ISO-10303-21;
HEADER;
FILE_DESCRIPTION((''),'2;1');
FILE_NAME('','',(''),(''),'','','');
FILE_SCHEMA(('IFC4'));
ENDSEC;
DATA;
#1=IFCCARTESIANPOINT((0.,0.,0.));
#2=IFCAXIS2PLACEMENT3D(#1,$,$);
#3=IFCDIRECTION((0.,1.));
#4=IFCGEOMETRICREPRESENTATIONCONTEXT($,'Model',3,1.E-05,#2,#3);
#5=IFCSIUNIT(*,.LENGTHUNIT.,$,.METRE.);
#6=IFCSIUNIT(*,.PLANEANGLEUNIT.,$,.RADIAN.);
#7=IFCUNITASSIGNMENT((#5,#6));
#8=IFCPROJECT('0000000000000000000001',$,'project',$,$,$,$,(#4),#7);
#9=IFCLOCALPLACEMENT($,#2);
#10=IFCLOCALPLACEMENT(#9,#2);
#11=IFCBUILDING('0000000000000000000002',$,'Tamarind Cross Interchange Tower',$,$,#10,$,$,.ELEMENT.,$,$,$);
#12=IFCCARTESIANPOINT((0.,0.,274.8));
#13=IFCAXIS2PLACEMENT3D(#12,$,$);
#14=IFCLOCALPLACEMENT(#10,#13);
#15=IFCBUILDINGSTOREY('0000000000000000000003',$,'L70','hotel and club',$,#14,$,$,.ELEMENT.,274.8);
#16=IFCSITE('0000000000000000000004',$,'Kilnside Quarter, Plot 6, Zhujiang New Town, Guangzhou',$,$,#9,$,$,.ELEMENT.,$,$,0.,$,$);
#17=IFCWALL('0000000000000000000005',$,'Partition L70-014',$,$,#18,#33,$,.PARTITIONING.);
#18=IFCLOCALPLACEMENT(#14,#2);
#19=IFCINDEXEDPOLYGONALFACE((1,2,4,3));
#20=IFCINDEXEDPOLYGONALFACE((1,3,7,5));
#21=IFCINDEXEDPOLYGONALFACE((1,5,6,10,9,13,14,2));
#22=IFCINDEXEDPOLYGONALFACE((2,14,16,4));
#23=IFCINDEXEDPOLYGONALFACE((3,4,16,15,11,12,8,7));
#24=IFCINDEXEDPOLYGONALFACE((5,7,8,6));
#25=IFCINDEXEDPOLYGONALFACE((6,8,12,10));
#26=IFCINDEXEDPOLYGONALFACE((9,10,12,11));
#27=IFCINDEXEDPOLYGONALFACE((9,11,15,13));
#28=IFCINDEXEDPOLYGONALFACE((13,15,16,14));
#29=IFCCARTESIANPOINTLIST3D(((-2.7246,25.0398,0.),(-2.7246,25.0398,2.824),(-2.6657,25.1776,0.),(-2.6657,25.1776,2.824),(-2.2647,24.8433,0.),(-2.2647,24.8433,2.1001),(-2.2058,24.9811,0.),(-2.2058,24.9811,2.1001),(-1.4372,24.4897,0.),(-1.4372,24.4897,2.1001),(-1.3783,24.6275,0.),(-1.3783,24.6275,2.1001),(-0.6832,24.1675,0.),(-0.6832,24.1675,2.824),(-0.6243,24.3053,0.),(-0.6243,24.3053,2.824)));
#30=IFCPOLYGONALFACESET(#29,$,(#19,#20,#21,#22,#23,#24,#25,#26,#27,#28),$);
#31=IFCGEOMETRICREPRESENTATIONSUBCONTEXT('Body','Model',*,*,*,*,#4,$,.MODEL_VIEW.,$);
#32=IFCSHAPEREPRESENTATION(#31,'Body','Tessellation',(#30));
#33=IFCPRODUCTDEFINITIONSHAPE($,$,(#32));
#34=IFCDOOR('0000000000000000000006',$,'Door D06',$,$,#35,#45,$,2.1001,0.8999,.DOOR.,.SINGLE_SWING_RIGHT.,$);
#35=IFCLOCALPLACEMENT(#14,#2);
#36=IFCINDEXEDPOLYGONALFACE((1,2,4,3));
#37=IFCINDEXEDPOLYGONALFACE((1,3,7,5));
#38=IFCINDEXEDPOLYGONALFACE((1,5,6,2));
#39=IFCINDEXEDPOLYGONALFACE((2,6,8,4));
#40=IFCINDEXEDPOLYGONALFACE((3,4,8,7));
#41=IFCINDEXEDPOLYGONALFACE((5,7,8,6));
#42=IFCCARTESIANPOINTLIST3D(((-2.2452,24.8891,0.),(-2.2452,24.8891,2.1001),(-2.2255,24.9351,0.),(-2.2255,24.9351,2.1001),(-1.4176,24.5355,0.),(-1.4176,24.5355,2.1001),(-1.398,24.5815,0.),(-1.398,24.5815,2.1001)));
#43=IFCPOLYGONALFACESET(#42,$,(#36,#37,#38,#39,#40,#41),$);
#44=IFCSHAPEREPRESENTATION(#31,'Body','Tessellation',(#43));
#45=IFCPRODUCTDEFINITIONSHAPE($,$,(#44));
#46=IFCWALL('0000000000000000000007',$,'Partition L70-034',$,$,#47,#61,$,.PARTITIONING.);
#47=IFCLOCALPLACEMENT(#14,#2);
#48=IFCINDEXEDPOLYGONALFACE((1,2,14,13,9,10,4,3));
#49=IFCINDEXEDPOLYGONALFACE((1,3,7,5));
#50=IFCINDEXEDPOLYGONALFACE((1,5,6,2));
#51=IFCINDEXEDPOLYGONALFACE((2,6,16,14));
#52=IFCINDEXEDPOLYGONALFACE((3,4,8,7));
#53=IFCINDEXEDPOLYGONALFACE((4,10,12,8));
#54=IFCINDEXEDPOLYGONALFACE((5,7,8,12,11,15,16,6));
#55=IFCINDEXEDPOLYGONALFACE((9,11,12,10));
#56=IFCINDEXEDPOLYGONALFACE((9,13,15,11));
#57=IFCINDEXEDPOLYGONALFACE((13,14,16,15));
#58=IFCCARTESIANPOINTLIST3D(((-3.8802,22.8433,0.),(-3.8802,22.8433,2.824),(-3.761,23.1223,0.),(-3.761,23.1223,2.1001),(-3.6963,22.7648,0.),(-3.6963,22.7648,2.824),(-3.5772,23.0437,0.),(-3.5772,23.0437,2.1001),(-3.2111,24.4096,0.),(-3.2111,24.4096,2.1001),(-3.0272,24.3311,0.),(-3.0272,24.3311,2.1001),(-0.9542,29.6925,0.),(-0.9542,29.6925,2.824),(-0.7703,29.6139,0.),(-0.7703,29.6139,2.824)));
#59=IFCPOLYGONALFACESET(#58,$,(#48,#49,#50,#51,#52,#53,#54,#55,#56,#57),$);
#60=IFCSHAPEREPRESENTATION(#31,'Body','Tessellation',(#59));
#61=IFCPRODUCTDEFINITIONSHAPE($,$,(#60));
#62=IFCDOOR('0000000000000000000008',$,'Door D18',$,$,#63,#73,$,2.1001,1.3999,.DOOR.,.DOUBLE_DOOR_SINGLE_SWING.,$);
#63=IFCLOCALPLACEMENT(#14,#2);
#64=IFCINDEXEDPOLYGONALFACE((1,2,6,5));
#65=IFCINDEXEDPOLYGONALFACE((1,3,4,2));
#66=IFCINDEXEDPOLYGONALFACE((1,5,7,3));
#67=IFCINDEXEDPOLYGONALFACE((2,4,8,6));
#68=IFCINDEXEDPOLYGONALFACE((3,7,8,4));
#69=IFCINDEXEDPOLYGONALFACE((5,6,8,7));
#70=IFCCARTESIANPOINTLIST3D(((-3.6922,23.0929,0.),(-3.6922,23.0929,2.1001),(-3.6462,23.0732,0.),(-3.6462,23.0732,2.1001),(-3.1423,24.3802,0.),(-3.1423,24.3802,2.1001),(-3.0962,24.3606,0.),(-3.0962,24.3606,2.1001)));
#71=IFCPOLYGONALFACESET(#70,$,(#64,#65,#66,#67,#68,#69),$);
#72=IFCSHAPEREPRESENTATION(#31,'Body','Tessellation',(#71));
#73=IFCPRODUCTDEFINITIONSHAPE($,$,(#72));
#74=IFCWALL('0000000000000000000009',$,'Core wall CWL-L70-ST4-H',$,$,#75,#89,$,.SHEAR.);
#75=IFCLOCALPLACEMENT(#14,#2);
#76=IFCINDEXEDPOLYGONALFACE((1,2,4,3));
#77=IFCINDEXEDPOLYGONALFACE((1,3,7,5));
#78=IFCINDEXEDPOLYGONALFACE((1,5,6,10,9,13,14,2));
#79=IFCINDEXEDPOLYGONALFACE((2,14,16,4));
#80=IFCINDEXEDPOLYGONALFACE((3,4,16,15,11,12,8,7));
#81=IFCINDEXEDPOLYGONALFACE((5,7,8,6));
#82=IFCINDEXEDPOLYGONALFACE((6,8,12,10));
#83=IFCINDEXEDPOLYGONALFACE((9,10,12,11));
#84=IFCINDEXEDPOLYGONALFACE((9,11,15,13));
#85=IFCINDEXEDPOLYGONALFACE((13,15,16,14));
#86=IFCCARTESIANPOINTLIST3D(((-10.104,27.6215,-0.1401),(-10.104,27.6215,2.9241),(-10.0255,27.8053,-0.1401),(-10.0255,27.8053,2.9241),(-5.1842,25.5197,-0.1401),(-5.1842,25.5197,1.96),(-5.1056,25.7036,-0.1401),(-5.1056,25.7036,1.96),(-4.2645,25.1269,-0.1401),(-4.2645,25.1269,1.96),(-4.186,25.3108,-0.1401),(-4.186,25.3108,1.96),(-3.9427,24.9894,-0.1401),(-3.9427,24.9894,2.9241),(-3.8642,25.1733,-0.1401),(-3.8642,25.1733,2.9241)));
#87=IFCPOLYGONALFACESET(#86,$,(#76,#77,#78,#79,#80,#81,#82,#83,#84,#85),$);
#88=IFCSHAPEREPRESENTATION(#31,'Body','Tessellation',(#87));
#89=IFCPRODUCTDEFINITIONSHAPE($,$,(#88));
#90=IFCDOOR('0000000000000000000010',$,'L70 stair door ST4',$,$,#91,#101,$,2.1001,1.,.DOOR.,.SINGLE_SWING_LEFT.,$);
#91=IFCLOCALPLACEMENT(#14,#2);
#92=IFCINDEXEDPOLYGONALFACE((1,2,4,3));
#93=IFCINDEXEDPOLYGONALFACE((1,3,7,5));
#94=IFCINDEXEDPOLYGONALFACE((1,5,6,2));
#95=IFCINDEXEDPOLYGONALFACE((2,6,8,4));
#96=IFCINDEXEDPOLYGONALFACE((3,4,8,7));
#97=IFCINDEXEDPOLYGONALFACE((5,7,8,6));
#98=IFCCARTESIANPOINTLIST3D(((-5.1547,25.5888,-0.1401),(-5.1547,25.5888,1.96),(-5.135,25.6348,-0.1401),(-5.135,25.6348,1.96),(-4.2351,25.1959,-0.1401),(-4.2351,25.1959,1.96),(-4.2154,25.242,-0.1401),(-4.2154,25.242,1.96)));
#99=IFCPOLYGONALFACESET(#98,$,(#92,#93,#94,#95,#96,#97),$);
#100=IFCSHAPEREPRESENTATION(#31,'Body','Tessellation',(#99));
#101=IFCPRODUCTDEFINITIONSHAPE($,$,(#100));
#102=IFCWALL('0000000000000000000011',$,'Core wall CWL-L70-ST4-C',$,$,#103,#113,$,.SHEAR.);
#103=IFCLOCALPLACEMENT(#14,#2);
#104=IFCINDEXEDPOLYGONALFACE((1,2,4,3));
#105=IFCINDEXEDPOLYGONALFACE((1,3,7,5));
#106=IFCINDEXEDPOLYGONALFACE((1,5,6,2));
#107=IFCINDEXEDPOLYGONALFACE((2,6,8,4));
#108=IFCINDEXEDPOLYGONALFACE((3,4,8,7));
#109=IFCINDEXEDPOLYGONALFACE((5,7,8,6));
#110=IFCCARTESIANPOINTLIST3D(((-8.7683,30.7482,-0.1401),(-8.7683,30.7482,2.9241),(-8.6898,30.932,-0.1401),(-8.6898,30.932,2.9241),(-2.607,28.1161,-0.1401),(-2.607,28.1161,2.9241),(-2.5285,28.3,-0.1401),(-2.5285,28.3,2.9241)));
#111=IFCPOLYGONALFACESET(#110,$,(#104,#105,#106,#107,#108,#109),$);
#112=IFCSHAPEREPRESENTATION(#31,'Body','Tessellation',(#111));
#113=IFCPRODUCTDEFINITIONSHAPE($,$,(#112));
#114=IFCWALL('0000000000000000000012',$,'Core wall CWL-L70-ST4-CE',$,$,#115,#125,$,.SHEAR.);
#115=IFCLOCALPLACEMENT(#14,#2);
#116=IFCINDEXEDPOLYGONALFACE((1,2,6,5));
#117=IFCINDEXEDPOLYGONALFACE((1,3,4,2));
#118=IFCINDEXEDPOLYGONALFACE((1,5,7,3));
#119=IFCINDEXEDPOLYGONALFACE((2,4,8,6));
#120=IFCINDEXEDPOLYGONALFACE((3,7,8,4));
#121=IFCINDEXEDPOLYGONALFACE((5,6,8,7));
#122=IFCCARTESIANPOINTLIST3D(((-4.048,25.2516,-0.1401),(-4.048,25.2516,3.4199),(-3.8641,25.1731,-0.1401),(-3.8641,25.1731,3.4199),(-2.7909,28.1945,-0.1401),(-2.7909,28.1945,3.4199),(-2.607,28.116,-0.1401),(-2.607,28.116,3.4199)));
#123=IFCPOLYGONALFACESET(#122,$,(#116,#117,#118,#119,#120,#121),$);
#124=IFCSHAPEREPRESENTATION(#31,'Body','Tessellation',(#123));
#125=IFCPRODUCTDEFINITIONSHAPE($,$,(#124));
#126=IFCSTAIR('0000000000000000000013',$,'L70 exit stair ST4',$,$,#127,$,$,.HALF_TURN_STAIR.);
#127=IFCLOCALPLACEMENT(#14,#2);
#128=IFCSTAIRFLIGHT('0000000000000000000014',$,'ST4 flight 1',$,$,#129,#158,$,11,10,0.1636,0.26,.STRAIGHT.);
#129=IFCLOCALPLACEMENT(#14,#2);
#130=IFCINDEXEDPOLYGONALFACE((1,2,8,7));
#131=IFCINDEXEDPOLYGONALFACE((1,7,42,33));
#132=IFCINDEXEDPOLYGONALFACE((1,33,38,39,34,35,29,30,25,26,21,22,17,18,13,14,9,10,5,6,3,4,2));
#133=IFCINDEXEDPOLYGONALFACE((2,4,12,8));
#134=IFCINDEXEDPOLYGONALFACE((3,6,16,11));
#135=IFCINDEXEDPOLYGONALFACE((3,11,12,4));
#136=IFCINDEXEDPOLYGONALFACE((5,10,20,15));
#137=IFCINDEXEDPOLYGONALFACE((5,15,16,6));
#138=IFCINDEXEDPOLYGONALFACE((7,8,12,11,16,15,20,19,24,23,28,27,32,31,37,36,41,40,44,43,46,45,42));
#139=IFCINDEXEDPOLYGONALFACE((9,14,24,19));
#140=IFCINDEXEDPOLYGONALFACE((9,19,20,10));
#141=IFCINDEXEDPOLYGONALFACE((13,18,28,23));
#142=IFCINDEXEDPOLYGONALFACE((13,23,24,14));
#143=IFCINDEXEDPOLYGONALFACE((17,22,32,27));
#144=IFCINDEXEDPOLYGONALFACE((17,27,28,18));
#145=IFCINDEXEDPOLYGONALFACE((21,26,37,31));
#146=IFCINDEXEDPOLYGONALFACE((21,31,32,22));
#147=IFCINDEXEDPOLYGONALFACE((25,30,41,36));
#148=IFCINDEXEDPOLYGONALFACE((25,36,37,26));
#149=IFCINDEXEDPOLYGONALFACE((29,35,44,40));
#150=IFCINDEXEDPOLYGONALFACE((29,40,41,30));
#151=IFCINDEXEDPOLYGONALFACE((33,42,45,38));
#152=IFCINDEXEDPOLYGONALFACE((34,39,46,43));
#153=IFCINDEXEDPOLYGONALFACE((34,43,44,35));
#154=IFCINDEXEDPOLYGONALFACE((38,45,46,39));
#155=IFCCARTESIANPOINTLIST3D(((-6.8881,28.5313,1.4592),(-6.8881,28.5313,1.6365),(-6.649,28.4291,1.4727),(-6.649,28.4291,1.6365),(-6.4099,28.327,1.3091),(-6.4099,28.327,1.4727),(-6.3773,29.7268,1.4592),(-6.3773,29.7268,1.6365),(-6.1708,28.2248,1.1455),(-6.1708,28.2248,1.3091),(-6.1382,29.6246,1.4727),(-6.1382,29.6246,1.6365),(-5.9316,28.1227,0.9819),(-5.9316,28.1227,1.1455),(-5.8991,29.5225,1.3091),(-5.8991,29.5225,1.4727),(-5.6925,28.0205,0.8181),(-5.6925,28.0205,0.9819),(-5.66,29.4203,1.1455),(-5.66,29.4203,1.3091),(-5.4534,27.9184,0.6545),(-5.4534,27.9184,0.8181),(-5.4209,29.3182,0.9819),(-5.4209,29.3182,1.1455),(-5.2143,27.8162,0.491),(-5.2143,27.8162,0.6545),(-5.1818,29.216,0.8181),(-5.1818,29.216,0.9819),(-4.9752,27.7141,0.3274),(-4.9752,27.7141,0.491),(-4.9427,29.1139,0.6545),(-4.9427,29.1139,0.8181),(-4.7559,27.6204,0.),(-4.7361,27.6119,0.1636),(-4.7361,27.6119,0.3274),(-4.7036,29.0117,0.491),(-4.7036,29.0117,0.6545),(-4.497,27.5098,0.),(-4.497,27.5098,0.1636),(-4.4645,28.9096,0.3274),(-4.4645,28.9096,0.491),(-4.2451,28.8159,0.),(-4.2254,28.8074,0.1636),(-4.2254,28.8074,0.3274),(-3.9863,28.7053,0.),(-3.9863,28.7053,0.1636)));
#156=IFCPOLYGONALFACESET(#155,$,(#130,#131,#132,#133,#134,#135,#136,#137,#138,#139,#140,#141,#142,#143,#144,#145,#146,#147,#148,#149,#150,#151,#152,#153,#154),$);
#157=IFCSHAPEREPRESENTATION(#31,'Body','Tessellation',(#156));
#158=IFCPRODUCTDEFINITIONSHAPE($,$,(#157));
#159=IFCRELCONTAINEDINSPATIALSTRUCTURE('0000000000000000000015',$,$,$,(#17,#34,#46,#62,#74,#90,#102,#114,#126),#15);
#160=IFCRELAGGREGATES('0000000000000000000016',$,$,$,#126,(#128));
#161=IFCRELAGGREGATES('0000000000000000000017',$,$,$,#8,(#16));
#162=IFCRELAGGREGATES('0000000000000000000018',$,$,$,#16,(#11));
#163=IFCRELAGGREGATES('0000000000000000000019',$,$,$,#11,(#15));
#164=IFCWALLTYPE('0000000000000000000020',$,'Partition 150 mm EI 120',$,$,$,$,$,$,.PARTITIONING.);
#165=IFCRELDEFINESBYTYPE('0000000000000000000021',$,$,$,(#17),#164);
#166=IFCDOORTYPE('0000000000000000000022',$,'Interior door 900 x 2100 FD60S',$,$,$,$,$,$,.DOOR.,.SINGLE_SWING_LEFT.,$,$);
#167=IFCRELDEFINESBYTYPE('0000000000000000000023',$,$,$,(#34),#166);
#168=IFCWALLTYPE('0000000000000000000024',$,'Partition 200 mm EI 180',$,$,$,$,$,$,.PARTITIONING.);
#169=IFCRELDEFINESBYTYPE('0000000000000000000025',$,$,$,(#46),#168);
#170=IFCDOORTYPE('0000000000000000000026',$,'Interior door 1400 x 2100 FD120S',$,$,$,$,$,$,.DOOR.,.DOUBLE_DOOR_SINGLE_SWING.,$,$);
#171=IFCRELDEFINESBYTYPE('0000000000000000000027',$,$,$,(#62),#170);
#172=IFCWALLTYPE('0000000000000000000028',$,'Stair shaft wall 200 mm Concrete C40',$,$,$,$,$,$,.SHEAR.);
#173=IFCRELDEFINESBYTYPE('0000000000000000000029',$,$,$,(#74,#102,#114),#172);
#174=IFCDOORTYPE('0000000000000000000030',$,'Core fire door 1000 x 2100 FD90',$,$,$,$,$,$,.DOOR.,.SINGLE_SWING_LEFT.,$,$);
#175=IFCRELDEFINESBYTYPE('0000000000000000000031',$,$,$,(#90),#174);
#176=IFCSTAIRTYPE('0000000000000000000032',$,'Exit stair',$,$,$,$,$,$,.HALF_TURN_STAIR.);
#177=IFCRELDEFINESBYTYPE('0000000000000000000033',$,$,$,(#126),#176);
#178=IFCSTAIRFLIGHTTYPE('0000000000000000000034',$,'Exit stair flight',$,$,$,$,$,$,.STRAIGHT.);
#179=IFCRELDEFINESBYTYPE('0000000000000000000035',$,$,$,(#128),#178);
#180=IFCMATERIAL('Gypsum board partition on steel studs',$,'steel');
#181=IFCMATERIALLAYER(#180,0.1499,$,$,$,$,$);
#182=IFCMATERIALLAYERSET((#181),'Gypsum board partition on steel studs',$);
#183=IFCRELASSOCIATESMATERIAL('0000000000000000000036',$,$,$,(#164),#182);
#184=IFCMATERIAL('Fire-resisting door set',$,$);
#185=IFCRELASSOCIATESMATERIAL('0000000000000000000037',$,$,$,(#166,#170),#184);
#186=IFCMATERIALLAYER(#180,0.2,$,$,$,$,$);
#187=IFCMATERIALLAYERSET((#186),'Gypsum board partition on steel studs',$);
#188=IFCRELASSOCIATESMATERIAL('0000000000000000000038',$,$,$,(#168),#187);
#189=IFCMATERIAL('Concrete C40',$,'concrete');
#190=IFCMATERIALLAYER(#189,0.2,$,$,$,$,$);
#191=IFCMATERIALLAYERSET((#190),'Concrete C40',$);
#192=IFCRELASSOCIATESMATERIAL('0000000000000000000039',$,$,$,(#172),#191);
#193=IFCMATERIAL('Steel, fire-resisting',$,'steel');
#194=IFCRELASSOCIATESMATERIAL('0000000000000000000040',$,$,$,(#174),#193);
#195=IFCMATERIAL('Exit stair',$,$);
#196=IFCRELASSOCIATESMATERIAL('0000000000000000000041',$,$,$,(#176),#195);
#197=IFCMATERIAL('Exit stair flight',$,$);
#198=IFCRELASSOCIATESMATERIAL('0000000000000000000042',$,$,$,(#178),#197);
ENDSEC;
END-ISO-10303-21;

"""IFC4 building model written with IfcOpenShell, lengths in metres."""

from ifc_helpers import new_model, si_unit, direction, frame, frame_2d, origin, place, context, subcontext, project, spatial, polyline, rectangle, outline, extrude, material, layer, layer_set, type_object, element, fill, aggregate, save


model = new_model("IFC4")

# Units and contexts
model_context = context("Model", 3, precision=1e-05, world=origin(), true_north=direction((0.0, 1.0)))
body_context = subcontext(model_context, "Body", "Model", "MODEL_VIEW")
ifc_project = project(units=[si_unit("LENGTHUNIT", "METRE"), si_unit("PLANEANGLEUNIT", "RADIAN")], contexts=[model_context])

# Site, building, storey
site_placement = place(None, origin())
site = spatial("IfcSite", under=ifc_project, at=site_placement, Name="Kilnside Quarter, Plot 6, Zhujiang New Town, Guangzhou", CompositionType="ELEMENT", RefElevation=0.0)
building_placement = place(site_placement, origin())
building = spatial("IfcBuilding", under=site, at=building_placement, Name="Tamarind Cross Interchange Tower", CompositionType="ELEMENT")
storey_placement = place(building_placement, frame((0.0, 0.0, 274.8)))
storey = spatial("IfcBuildingStorey", under=building, at=storey_placement, Name="L70", Description="hotel and club", CompositionType="ELEMENT", Elevation=274.8)

# Shared definitions
ifc_material_1 = material(Name="Gypsum board partition on steel studs", Category="steel")
ifc_layer_1 = layer(ifc_material_1, 0.1499)
ifc_layer_set_1 = layer_set([ifc_layer_1], Name="Gypsum board partition on steel studs")
wall_type_1 = type_object("IfcWallType", Name="Partition 150 mm EI 120", PredefinedType="PARTITIONING", material=ifc_layer_set_1)

# Shared definitions
ifc_material_2 = material(Name="Fire-resisting door set")

# Walls, openings, doors
wall_1_placement = place(storey_placement, frame((-2.6951, 25.1086, 0.0), z_axis=(0.0, 0.0, 1.0), x_axis=(0.919571, -0.392924, 0.0)))
wall_1 = element("IfcWall", 1, at=wall_1_placement, inside=storey, type_object=wall_type_1, Name="Partition L70-014", PredefinedType="PARTITIONING", context=body_context, shape_type="SweptSolid", body=[
    extrude(rectangle(XDim=2.22, YDim=0.1499, at=frame_2d((1.1099, 0.0))), origin(), (0.0, 0.0, 1.0), 2.824),
])
opening_1_placement = place(wall_1_placement, frame((0.5, 0.0, 0.0)))
opening_1 = element("IfcOpeningElement", 2, at=opening_1_placement, cuts=wall_1, PredefinedType="OPENING", context=body_context, shape_type="SweptSolid", body=[
    extrude(rectangle(XDim=0.8999, YDim=2.1001, at=frame_2d((0.45, 1.05))), frame((0.0, 0.085, 0.0), z_axis=(0.0, -1.0, 0.0), x_axis=(1.0, 0.0, 0.0)), (0.0, 0.0, 1.0), 0.1699),
])
door_type_1 = type_object("IfcDoorType", Name="Interior door 900 x 2100 FD60S", OperationType="SINGLE_SWING_LEFT", PredefinedType="DOOR", material=ifc_material_2)
door_1_placement = place(opening_1_placement, origin())
door_1 = element("IfcDoor", 3, at=door_1_placement, inside=storey, type_object=door_type_1, Name="Door D06", OperationType="SINGLE_SWING_RIGHT", OverallHeight=2.1001, OverallWidth=0.8999, PredefinedType="DOOR", context=body_context, shape_type="SweptSolid", body=[
    extrude(rectangle(XDim=0.8999, YDim=2.1001, at=frame_2d((0.45, 1.05))), frame((0.0, 0.0249, 0.0), z_axis=(0.0, -1.0, 0.0), x_axis=(1.0, 0.0, 0.0)), (0.0, 0.0, 1.0), 0.05),
])
fill(opening_1, door_1)
ifc_layer_2 = layer(ifc_material_1, 0.2)
ifc_layer_set_2 = layer_set([ifc_layer_2], Name="Gypsum board partition on steel studs")
wall_type_2 = type_object("IfcWallType", Name="Partition 200 mm EI 180", PredefinedType="PARTITIONING", material=ifc_layer_set_2)
wall_2_placement = place(storey_placement, frame((-3.7883, 22.804, 0.0), z_axis=(0.0, 0.0, 1.0), x_axis=(0.392863, 0.919597, 0.0)))
wall_2 = element("IfcWall", 4, at=wall_2_placement, inside=storey, type_object=wall_type_2, Name="Partition L70-034", PredefinedType="PARTITIONING", context=body_context, shape_type="SweptSolid", body=[
    extrude(rectangle(XDim=7.448, YDim=0.2, at=frame_2d((3.7241, 0.0))), origin(), (0.0, 0.0, 1.0), 2.824),
])
opening_2_placement = place(wall_2_placement, frame((0.3035, 0.0, 0.0)))
opening_2 = element("IfcOpeningElement", 5, at=opening_2_placement, cuts=wall_2, PredefinedType="OPENING", context=body_context, shape_type="SweptSolid", body=[
    extrude(rectangle(XDim=1.3999, YDim=2.1001, at=frame_2d((0.7, 1.05))), frame((0.0, 0.1099, 0.0), z_axis=(0.0, -1.0, 0.0), x_axis=(1.0, 0.0, 0.0)), (0.0, 0.0, 1.0), 0.22),
])
door_type_2 = type_object("IfcDoorType", Name="Interior door 1400 x 2100 FD120S", OperationType="DOUBLE_DOOR_SINGLE_SWING", PredefinedType="DOOR", material=ifc_material_2)
door_2_placement = place(opening_2_placement, frame((1.3999, 0.0, 0.0), z_axis=(0.0, 0.0, 1.0), x_axis=(-1.0, 0.0, 0.0)))
door_2 = element("IfcDoor", 6, at=door_2_placement, inside=storey, type_object=door_type_2, Name="Door D18", OperationType="DOUBLE_DOOR_SINGLE_SWING", OverallHeight=2.1001, OverallWidth=1.3999, PredefinedType="DOOR", context=body_context, shape_type="SweptSolid", body=[
    extrude(rectangle(XDim=1.3999, YDim=2.1001, at=frame_2d((0.7, 1.05))), frame((0.0, 0.0249, 0.0), z_axis=(0.0, -1.0, 0.0), x_axis=(1.0, 0.0, 0.0)), (0.0, 0.0, 1.0), 0.05),
])
fill(opening_2, door_2)
ifc_material_3 = material(Name="Concrete C40", Category="concrete")
ifc_layer_3 = layer(ifc_material_3, 0.2)
ifc_layer_set_3 = layer_set([ifc_layer_3], Name="Concrete C40")
wall_type_3 = type_object("IfcWallType", Name="Stair shaft wall 200 mm Concrete C40", PredefinedType="SHEAR", material=ifc_layer_set_3)
wall_3_placement = place(storey_placement, frame((-3.9033, 25.0813, -0.1401), z_axis=(0.0, 0.0, 1.0), x_axis=(-0.919604, 0.392846, 0.0)))
wall_3 = element("IfcWall", 7, at=wall_3_placement, inside=storey, type_object=wall_type_3, Name="Core wall CWL-L70-ST4-H", PredefinedType="SHEAR", context=body_context, shape_type="SweptSolid", body=[
    extrude(rectangle(XDim=6.7, YDim=0.2, at=frame_2d((3.3501, 0.0))), origin(), (0.0, 0.0, 1.0), 3.0642),
])
opening_3_placement = place(wall_3_placement, frame((0.3501, 0.0, 0.0)))
opening_3 = element("IfcOpeningElement", 8, at=opening_3_placement, cuts=wall_3, PredefinedType="OPENING", context=body_context, shape_type="SweptSolid", body=[
    extrude(rectangle(XDim=1.0, YDim=2.1001, at=frame_2d((0.5, 1.05))), frame((0.0, 0.1099, 0.0), z_axis=(0.0, -1.0, 0.0), x_axis=(1.0, 0.0, 0.0)), (0.0, 0.0, 1.0), 0.22),
])
ifc_material_4 = material(Name="Steel, fire-resisting", Category="steel")
door_type_3 = type_object("IfcDoorType", Name="Core fire door 1000 x 2100 FD90", OperationType="SINGLE_SWING_LEFT", PredefinedType="DOOR", material=ifc_material_4)
door_3_placement = place(opening_3_placement, origin())
door_3 = element("IfcDoor", 9, at=door_3_placement, inside=storey, type_object=door_type_3, Name="L70 stair door ST4", OperationType="SINGLE_SWING_LEFT", OverallHeight=2.1001, OverallWidth=1.0, PredefinedType="DOOR", context=body_context, shape_type="SweptSolid", body=[
    extrude(rectangle(XDim=1.0, YDim=2.1001, at=frame_2d((0.5, 1.05))), frame((0.0, 0.0249, 0.0), z_axis=(0.0, -1.0, 0.0), x_axis=(1.0, 0.0, 0.0)), (0.0, 0.0, 1.0), 0.05),
])
fill(opening_3, door_3)

# Walls
wall_4_placement = place(storey_placement, frame((-2.5676, 28.208, -0.1401), z_axis=(0.0, 0.0, 1.0), x_axis=(-0.919604, 0.392846, 0.0)))
element("IfcWall", 10, at=wall_4_placement, inside=storey, type_object=wall_type_3, Name="Core wall CWL-L70-ST4-C", PredefinedType="SHEAR", context=body_context, shape_type="SweptSolid", body=[
    extrude(rectangle(XDim=6.7, YDim=0.2, at=frame_2d((3.3501, 0.0))), origin(), (0.0, 0.0, 1.0), 3.0642),
])
wall_5_placement = place(storey_placement, frame((-2.699, 28.1553, -0.1401), z_axis=(0.0, 0.0, 1.0), x_axis=(-0.392823, -0.919614, 0.0)))
element("IfcWall", 11, at=wall_5_placement, inside=storey, type_object=wall_type_3, Name="Core wall CWL-L70-ST4-CE", PredefinedType="SHEAR", context=body_context, shape_type="SweptSolid", body=[
    extrude(rectangle(XDim=3.2002, YDim=0.2, at=frame_2d((1.6001, 0.0))), origin(), (0.0, 0.0, 1.0), 3.5601),
])

# Stair, stair flight
ifc_material_5 = material(Name="Exit stair")
stair_type = type_object("IfcStairType", Name="Exit stair", PredefinedType="HALF_TURN_STAIR", material=ifc_material_5)
stair_placement = place(storey_placement, origin())
stair = element("IfcStair", 12, at=stair_placement, inside=storey, type_object=stair_type, Name="L70 exit stair ST4", PredefinedType="HALF_TURN_STAIR")
ifc_material_6 = material(Name="Exit stair flight")
stair_flight_type = type_object("IfcStairFlightType", Name="Exit stair flight", PredefinedType="STRAIGHT", material=ifc_material_6)
stair_flight_placement = place(storey_placement, frame((-4.2417, 28.1074, 0.0), z_axis=(0.0, 0.0, 1.0), x_axis=(-0.919597, 0.392864, 0.0)))
stair_flight = element("IfcStairFlight", 13, at=stair_flight_placement, type_object=stair_flight_type, Name="ST4 flight 1", NumberOfRisers=11, NumberOfTreads=10, PredefinedType="STRAIGHT", RiserHeight=0.1636, TreadLength=0.26, context=body_context, shape_type="SweptSolid", body=[
    extrude(outline(polyline([(0.0, 0.0), (0.0, 0.1636), (0.26, 0.1636), (0.26, 0.3274), (0.52, 0.3274), (0.52, 0.491), (0.78, 0.491), (0.78, 0.6545), (1.04, 0.6545), (1.04, 0.8181), (1.3, 0.8181), (1.3, 0.9819), (1.5601, 0.9819), (1.5601, 1.1455), (1.8201, 1.1455), (1.8201, 1.3091), (2.0801, 1.3091), (2.0801, 1.4727), (2.3401, 1.4727), (2.3401, 1.6365), (2.6001, 1.6365), (2.6001, 1.8), (2.6001, 1.4592), (0.2815, 0.0), (0.0, 0.0)])), frame((0.0, 0.6499, 0.0), z_axis=(0.0, -1.0, 0.0), x_axis=(1.0, 0.0, 0.0)), (0.0, 0.0, 1.0), 1.3),
])
aggregate(stair, [stair_flight])

save(model, "model.ifc")
